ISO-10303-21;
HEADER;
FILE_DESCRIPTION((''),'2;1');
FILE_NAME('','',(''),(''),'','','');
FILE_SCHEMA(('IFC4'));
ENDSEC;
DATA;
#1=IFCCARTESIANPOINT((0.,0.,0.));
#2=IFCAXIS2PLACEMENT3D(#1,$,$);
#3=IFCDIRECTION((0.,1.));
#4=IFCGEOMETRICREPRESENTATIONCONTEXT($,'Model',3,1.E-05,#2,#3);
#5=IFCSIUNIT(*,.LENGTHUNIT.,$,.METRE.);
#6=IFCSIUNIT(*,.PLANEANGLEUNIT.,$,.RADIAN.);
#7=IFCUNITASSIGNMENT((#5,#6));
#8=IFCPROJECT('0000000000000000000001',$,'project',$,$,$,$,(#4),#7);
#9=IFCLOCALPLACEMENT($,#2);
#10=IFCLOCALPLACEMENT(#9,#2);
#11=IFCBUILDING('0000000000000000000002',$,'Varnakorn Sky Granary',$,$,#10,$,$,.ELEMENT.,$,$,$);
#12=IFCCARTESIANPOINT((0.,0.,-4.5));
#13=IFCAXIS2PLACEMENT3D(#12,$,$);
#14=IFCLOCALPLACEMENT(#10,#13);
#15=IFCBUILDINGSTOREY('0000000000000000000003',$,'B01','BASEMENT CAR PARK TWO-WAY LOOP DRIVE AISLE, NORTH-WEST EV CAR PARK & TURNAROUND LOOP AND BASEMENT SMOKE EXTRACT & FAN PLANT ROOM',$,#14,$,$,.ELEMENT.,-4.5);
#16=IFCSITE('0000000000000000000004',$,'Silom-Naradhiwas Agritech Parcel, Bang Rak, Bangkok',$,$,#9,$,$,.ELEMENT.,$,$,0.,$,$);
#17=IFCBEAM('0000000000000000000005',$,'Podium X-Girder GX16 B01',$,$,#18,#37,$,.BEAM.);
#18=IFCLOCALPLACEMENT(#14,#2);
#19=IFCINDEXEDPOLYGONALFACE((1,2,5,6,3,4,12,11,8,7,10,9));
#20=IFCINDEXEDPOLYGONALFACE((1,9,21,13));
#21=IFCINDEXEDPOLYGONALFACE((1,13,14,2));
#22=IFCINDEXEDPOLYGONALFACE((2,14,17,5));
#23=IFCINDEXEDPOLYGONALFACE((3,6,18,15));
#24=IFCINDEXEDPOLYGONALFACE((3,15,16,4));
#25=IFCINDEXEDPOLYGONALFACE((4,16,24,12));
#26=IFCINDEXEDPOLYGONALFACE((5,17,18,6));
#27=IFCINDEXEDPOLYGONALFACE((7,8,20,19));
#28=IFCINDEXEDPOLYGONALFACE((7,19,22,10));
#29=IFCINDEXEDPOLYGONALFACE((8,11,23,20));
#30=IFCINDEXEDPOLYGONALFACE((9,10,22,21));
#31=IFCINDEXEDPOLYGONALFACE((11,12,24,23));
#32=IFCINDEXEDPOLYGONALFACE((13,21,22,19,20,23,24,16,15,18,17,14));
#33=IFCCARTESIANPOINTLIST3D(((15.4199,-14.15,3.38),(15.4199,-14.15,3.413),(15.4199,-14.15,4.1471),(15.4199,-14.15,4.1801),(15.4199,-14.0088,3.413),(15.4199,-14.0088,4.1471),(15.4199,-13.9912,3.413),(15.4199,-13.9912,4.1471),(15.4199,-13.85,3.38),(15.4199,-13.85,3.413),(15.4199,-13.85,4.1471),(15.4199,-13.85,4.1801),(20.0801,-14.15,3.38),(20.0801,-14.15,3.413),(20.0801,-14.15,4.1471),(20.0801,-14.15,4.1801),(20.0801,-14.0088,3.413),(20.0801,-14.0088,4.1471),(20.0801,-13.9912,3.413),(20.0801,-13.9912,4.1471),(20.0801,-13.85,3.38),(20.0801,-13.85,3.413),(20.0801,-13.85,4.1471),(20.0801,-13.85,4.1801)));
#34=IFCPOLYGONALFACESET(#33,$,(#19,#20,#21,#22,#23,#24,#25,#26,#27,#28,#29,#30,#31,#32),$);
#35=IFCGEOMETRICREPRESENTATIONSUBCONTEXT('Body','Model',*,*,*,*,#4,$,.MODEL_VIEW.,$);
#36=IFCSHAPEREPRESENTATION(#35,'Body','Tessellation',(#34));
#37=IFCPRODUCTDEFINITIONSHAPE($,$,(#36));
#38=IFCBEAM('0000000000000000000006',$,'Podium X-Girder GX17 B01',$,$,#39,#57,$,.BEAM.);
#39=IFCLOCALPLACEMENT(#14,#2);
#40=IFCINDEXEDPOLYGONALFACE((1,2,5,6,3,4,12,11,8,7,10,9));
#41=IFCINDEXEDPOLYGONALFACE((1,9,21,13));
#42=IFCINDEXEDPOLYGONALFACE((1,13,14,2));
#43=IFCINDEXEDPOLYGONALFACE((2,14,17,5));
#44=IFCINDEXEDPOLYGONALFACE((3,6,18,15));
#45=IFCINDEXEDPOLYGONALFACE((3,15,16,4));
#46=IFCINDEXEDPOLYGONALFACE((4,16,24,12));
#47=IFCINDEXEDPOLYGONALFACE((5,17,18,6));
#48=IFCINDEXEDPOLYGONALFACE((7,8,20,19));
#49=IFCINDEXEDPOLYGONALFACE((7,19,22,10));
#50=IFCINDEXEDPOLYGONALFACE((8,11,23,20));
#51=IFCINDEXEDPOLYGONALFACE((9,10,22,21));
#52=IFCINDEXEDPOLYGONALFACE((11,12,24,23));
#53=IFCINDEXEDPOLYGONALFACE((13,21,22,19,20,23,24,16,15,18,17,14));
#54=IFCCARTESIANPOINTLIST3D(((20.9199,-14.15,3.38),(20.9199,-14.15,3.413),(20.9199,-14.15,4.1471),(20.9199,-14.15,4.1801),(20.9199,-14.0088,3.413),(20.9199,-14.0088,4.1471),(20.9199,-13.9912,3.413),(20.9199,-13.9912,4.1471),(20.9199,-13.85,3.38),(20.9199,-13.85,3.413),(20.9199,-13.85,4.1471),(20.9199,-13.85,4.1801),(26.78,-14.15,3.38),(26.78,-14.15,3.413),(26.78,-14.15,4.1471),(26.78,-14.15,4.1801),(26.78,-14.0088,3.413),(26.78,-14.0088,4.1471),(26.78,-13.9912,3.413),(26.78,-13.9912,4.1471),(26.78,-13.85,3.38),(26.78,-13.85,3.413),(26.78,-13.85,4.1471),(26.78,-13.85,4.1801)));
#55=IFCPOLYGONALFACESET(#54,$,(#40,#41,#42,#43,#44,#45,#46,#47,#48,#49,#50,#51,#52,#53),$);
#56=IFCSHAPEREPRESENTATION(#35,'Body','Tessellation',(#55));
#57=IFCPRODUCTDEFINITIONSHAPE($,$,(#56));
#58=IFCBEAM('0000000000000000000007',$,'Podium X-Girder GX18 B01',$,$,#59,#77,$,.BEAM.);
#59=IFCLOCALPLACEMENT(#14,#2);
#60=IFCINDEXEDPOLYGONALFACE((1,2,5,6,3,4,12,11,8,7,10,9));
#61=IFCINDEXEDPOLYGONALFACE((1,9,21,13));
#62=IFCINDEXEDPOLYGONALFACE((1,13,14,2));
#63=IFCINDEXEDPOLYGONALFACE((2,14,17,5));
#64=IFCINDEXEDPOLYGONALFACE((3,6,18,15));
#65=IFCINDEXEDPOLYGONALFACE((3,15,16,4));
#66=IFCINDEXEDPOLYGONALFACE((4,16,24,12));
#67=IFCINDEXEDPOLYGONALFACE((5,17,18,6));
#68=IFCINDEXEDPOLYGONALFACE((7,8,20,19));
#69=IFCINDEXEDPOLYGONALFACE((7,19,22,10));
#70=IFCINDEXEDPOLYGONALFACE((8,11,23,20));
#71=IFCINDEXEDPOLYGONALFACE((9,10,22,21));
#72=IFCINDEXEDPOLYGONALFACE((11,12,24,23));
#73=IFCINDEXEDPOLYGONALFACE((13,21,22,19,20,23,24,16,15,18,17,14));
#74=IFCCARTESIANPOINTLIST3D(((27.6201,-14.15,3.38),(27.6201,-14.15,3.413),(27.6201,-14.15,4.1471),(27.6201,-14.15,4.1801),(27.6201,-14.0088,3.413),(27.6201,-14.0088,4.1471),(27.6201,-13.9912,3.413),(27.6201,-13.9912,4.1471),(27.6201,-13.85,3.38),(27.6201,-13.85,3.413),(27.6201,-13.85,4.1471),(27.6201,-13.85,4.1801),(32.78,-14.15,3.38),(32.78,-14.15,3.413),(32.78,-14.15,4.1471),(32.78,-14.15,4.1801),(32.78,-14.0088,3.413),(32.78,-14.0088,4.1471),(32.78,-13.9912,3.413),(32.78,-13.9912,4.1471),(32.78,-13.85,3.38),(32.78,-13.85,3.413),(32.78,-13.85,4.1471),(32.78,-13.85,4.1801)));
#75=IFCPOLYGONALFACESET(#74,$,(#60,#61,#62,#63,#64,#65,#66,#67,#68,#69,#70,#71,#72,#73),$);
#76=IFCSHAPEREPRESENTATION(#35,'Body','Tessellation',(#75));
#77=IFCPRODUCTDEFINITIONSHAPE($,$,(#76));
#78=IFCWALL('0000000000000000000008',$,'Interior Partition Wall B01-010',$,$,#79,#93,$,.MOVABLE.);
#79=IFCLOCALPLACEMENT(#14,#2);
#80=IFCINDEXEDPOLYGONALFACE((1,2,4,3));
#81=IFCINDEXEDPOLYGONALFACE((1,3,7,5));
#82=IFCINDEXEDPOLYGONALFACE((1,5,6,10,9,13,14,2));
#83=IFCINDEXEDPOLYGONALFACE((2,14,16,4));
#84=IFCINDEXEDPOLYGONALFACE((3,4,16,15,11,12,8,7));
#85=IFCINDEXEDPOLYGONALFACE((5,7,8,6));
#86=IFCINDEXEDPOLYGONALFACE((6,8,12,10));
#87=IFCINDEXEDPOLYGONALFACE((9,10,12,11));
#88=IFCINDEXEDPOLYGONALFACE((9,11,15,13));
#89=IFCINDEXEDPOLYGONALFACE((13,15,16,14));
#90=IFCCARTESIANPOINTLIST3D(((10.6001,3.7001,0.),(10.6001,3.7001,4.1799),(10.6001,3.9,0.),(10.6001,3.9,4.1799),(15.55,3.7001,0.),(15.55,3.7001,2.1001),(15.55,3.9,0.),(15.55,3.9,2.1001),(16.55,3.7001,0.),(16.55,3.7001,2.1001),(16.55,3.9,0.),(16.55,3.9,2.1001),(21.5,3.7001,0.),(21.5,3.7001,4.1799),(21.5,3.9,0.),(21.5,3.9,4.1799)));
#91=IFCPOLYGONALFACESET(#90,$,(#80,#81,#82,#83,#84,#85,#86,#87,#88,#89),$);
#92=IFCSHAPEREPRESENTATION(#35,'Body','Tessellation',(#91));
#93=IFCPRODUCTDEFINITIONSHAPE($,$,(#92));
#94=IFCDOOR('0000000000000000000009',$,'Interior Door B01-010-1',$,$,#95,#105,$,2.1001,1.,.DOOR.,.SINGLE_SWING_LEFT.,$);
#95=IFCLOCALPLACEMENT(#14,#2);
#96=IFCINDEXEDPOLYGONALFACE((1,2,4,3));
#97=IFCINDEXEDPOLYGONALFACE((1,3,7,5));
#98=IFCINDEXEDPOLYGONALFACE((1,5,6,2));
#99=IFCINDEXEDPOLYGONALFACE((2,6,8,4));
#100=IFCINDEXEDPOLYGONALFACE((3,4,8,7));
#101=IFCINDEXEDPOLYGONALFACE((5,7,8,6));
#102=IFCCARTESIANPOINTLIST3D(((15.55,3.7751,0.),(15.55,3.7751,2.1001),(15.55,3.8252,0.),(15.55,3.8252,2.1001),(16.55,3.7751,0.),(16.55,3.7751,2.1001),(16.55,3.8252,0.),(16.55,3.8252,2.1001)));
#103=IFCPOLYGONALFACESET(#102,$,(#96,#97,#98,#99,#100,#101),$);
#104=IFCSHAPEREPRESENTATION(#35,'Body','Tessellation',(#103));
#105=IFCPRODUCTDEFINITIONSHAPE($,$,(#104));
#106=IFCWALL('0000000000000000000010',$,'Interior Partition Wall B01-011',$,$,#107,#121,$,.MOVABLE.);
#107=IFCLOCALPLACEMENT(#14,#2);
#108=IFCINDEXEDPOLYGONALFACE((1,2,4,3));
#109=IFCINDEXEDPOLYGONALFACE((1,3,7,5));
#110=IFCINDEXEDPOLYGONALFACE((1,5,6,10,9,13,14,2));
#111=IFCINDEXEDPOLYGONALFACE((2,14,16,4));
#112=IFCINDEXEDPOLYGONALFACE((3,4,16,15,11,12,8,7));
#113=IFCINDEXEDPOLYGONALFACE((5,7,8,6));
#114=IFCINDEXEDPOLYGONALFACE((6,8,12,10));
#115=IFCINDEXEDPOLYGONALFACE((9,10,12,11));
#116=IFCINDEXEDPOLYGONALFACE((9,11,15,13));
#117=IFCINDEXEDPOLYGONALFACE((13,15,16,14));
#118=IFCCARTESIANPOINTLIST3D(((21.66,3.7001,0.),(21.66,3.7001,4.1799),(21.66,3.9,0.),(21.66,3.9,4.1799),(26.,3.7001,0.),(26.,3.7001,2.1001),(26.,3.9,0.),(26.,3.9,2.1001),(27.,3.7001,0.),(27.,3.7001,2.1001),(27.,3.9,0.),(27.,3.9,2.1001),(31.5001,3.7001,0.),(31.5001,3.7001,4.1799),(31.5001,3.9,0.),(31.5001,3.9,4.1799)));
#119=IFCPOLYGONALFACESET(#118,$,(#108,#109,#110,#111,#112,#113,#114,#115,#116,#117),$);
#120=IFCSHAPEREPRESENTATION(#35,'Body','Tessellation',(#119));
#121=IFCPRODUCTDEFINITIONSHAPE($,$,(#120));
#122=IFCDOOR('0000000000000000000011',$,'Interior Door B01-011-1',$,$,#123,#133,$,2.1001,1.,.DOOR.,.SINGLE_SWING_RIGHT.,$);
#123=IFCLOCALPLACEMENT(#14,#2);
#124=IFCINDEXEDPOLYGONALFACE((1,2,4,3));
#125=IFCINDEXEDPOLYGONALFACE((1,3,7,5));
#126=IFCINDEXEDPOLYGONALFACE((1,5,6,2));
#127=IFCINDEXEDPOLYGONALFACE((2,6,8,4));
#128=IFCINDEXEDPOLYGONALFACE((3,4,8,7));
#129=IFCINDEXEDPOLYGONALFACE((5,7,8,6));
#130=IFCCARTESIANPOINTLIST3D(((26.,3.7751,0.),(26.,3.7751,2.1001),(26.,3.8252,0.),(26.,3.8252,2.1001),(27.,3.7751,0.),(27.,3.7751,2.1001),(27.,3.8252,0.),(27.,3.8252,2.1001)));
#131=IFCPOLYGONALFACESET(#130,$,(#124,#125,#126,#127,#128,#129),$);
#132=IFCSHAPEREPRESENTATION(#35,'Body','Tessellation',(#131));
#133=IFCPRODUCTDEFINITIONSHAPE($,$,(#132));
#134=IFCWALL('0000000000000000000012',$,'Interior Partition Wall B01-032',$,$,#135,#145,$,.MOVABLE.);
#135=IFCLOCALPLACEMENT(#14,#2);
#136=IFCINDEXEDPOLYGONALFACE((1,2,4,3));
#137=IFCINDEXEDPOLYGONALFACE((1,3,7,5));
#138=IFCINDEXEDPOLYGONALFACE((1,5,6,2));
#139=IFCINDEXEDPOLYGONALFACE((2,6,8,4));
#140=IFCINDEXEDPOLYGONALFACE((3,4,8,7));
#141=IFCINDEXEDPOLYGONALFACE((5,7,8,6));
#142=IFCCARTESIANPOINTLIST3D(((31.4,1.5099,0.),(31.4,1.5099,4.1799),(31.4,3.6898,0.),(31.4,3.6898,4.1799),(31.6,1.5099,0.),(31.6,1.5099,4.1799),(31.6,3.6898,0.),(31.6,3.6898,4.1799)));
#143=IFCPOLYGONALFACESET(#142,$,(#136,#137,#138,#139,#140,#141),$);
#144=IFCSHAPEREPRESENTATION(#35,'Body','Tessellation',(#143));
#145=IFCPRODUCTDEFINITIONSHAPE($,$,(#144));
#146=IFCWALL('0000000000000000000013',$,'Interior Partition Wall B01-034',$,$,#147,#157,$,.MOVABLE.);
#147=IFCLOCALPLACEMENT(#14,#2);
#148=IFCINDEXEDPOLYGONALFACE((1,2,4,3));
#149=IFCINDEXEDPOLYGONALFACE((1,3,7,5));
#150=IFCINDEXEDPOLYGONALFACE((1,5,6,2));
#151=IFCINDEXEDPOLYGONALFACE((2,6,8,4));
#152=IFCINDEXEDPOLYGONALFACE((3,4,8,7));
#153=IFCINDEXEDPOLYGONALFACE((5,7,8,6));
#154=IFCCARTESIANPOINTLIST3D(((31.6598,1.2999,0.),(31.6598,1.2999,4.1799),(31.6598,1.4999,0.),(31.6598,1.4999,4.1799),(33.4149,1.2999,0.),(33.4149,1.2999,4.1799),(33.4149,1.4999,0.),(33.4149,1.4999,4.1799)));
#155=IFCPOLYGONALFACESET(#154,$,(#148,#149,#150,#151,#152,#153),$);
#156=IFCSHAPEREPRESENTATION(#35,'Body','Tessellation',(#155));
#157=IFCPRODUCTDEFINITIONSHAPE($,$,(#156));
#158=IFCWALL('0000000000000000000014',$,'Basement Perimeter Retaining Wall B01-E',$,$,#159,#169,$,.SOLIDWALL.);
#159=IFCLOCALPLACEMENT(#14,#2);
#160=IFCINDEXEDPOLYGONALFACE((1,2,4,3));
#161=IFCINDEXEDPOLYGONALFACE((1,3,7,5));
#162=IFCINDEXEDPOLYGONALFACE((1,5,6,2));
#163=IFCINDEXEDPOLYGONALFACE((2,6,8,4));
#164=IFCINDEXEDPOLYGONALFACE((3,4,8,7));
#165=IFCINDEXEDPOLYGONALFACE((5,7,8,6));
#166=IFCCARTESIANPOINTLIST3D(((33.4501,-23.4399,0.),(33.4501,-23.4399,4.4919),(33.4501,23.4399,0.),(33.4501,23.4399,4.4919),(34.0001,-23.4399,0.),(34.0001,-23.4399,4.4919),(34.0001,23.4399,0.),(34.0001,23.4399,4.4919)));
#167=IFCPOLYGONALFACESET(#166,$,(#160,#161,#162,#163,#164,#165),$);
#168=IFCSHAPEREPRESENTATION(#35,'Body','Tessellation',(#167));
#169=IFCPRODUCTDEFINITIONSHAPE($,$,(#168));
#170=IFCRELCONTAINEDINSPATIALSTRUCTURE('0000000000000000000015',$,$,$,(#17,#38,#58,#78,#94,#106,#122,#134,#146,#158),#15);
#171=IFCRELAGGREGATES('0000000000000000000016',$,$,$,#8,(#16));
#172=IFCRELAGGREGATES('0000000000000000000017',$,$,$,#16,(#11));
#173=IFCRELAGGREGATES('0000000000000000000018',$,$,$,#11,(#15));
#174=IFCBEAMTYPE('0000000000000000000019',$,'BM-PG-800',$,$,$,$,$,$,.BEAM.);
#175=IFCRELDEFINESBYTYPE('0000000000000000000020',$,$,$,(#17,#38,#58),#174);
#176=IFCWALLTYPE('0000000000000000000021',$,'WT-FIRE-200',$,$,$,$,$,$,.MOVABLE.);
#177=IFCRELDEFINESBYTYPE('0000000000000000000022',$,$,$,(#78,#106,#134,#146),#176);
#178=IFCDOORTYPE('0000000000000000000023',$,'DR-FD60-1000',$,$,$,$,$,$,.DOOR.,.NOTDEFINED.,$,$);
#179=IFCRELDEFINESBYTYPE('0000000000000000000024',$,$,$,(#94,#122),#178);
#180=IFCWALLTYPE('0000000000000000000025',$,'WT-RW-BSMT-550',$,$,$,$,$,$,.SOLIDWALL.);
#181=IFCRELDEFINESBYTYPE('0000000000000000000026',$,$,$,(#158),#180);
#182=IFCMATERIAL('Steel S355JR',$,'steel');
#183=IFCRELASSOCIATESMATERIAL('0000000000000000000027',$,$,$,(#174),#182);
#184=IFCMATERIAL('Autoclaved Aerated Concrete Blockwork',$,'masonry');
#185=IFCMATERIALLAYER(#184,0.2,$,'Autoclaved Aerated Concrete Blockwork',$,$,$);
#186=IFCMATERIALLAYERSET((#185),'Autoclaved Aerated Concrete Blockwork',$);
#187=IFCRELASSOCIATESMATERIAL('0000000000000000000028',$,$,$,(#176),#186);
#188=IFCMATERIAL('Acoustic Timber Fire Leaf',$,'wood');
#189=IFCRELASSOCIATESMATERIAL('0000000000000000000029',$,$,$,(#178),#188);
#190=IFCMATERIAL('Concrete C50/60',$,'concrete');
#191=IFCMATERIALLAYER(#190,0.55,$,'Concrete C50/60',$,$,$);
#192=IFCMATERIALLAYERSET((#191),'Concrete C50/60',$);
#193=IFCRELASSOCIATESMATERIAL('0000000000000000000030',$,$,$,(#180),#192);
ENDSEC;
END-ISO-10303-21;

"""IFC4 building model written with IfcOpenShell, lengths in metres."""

from ifc_helpers import new_model, si_unit, direction, frame, frame_2d, origin, origin_2d, place, context, subcontext, project, spatial, rectangle, i_section, extrude, material, layer, layer_set, material_profile, profile_set, type_object, element, fill, save


model = new_model("IFC4")

# Units and contexts
model_context = context("Model", 3, precision=1e-05, world=origin(), true_north=direction((0.0, 1.0)))
body_context = subcontext(model_context, "Body", "Model", "MODEL_VIEW")
ifc_project = project(units=[si_unit("LENGTHUNIT", "METRE"), si_unit("PLANEANGLEUNIT", "RADIAN")], contexts=[model_context])

# Site, building, storey
site_placement = place(None, origin())
site = spatial("IfcSite", under=ifc_project, at=site_placement, Name="Silom-Naradhiwas Agritech Parcel, Bang Rak, Bangkok", CompositionType="ELEMENT", RefElevation=0.0)
building_placement = place(site_placement, origin())
building = spatial("IfcBuilding", under=site, at=building_placement, Name="Varnakorn Sky Granary", CompositionType="ELEMENT")
storey_placement = place(building_placement, frame((0.0, 0.0, -4.5)))
storey = spatial("IfcBuildingStorey", under=building, at=storey_placement, Name="B01", Description="BASEMENT CAR PARK TWO-WAY LOOP DRIVE AISLE, NORTH-WEST EV CAR PARK & TURNAROUND LOOP AND BASEMENT SMOKE EXTRACT & FAN PLANT ROOM", CompositionType="ELEMENT", Elevation=-4.5)

# Beams
ifc_material_1 = material(Name="Steel S355JR", Category="steel")
ifc_material_profile_1 = material_profile(ifc_material_1, i_section(OverallWidth=0.3, OverallDepth=0.8, WebThickness=0.0176, FlangeThickness=0.033, at=origin_2d()), Name="HE 800 B")
ifc_profile_set_1 = profile_set([ifc_material_profile_1], Name="Steel S355JR")
beam_type_1 = type_object("IfcBeamType", Name="BM-PG-800", PredefinedType="BEAM", material=ifc_profile_set_1)
beam_1_placement = place(storey_placement, frame((15.4199, -14.0, 3.78), z_axis=(1.0, 0.0, 0.0), x_axis=(0.0, 1.0, 0.0)))
element("IfcBeam", 1, at=beam_1_placement, inside=storey, type_object=beam_type_1, Name="Podium X-Girder GX16 B01", PredefinedType="BEAM", context=body_context, shape_type="SweptSolid", body=[
    extrude(i_section(OverallWidth=0.3, OverallDepth=0.8, WebThickness=0.0176, FlangeThickness=0.033, at=origin_2d()), origin(), (0.0, 0.0, 1.0), 4.6602),
])
beam_2_placement = place(storey_placement, frame((20.9199, -14.0, 3.78), z_axis=(1.0, 0.0, 0.0), x_axis=(0.0, 1.0, 0.0)))
element("IfcBeam", 2, at=beam_2_placement, inside=storey, type_object=beam_type_1, Name="Podium X-Girder GX17 B01", PredefinedType="BEAM", context=body_context, shape_type="SweptSolid", body=[
    extrude(i_section(OverallWidth=0.3, OverallDepth=0.8, WebThickness=0.0176, FlangeThickness=0.033, at=origin_2d()), origin(), (0.0, 0.0, 1.0), 5.8601),
])
beam_3_placement = place(storey_placement, frame((27.6201, -14.0, 3.78), z_axis=(1.0, 0.0, 0.0), x_axis=(0.0, 1.0, 0.0)))
element("IfcBeam", 3, at=beam_3_placement, inside=storey, type_object=beam_type_1, Name="Podium X-Girder GX18 B01", PredefinedType="BEAM", context=body_context, shape_type="SweptSolid", body=[
    extrude(i_section(OverallWidth=0.3, OverallDepth=0.8, WebThickness=0.0176, FlangeThickness=0.033, at=origin_2d()), origin(), (0.0, 0.0, 1.0), 5.1599),
])

# Walls, openings, doors
ifc_material_2 = material(Name="Autoclaved Aerated Concrete Blockwork", Category="masonry")
ifc_layer_1 = layer(ifc_material_2, 0.2, Name="Autoclaved Aerated Concrete Blockwork")
ifc_layer_set_1 = layer_set([ifc_layer_1], Name="Autoclaved Aerated Concrete Blockwork")
wall_type_1 = type_object("IfcWallType", Name="WT-FIRE-200", PredefinedType="MOVABLE", material=ifc_layer_set_1)
wall_1_placement = place(storey_placement, frame((21.5, 3.8, 0.0), z_axis=(0.0, 0.0, 1.0), x_axis=(-1.0, 0.0, 0.0)))
wall_1 = element("IfcWall", 4, at=wall_1_placement, inside=storey, type_object=wall_type_1, Name="Interior Partition Wall B01-010", PredefinedType="MOVABLE", context=body_context, shape_type="SweptSolid", body=[
    extrude(rectangle(XDim=10.8999, YDim=0.2, at=frame_2d((5.45, 0.0))), origin(), (0.0, 0.0, 1.0), 4.1799),
])
opening_1_placement = place(wall_1_placement, frame((4.95, 0.0, 0.0)))
opening_1 = element("IfcOpeningElement", 5, at=opening_1_placement, cuts=wall_1, PredefinedType="OPENING", context=body_context, shape_type="SweptSolid", body=[
    extrude(rectangle(XDim=1.0, YDim=2.1001, at=frame_2d((0.5, 1.05))), frame((0.0, 0.1099, 0.0), z_axis=(0.0, -1.0, 0.0), x_axis=(1.0, 0.0, 0.0)), (0.0, 0.0, 1.0), 0.22),
])
ifc_material_3 = material(Name="Acoustic Timber Fire Leaf", Category="wood")
door_type = type_object("IfcDoorType", Name="DR-FD60-1000", OperationType="NOTDEFINED", PredefinedType="DOOR", material=ifc_material_3)
door_1_placement = place(opening_1_placement, origin())
door_1 = element("IfcDoor", 6, at=door_1_placement, inside=storey, type_object=door_type, Name="Interior Door B01-010-1", OperationType="SINGLE_SWING_LEFT", OverallHeight=2.1001, OverallWidth=1.0, PredefinedType="DOOR", context=body_context, shape_type="SweptSolid", body=[
    extrude(rectangle(XDim=1.0, YDim=2.1001, at=frame_2d((0.5, 1.05))), frame((0.0, 0.0249, 0.0), z_axis=(0.0, -1.0, 0.0), x_axis=(1.0, 0.0, 0.0)), (0.0, 0.0, 1.0), 0.05),
])
fill(opening_1, door_1)
wall_2_placement = place(storey_placement, frame((31.5, 3.8, 0.0), z_axis=(0.0, 0.0, 1.0), x_axis=(-1.0, 0.0, 0.0)))
wall_2 = element("IfcWall", 7, at=wall_2_placement, inside=storey, type_object=wall_type_1, Name="Interior Partition Wall B01-011", PredefinedType="MOVABLE", context=body_context, shape_type="SweptSolid", body=[
    extrude(rectangle(XDim=9.8401, YDim=0.2, at=frame_2d((4.9199, 0.0))), origin(), (0.0, 0.0, 1.0), 4.1799),
])
opening_2_placement = place(wall_2_placement, frame((4.5, 0.0, 0.0)))
opening_2 = element("IfcOpeningElement", 8, at=opening_2_placement, cuts=wall_2, PredefinedType="OPENING", context=body_context, shape_type="SweptSolid", body=[
    extrude(rectangle(XDim=1.0, YDim=2.1001, at=frame_2d((0.5, 1.05))), frame((0.0, 0.1099, 0.0), z_axis=(0.0, -1.0, 0.0), x_axis=(1.0, 0.0, 0.0)), (0.0, 0.0, 1.0), 0.22),
])
door_2_placement = place(opening_2_placement, origin())
door_2 = element("IfcDoor", 9, at=door_2_placement, inside=storey, type_object=door_type, Name="Interior Door B01-011-1", OperationType="SINGLE_SWING_RIGHT", OverallHeight=2.1001, OverallWidth=1.0, PredefinedType="DOOR", context=body_context, shape_type="SweptSolid", body=[
    extrude(rectangle(XDim=1.0, YDim=2.1001, at=frame_2d((0.5, 1.05))), frame((0.0, 0.0249, 0.0), z_axis=(0.0, -1.0, 0.0), x_axis=(1.0, 0.0, 0.0)), (0.0, 0.0, 1.0), 0.05),
])
fill(opening_2, door_2)

# Walls
wall_3_placement = place(storey_placement, frame((31.5, 1.51, 0.0), z_axis=(0.0, 0.0, 1.0), x_axis=(0.0, 1.0, 0.0)))
element("IfcWall", 10, at=wall_3_placement, inside=storey, type_object=wall_type_1, Name="Interior Partition Wall B01-032", PredefinedType="MOVABLE", context=body_context, shape_type="SweptSolid", body=[
    extrude(rectangle(XDim=2.1799, YDim=0.2, at=frame_2d((1.0898, 0.0))), origin(), (0.0, 0.0, 1.0), 4.1799),
])
wall_4_placement = place(storey_placement, frame((31.6599, 1.3999, 0.0), z_axis=(0.0, 0.0, 1.0), x_axis=(1.0, 0.0, 0.0)))
element("IfcWall", 11, at=wall_4_placement, inside=storey, type_object=wall_type_1, Name="Interior Partition Wall B01-034", PredefinedType="MOVABLE", context=body_context, shape_type="SweptSolid", body=[
    extrude(rectangle(XDim=1.7551, YDim=0.2, at=frame_2d((0.8774, 0.0))), origin(), (0.0, 0.0, 1.0), 4.1799),
])
ifc_material_4 = material(Name="Concrete C50/60", Category="concrete")
ifc_layer_2 = layer(ifc_material_4, 0.55, Name="Concrete C50/60")
ifc_layer_set_2 = layer_set([ifc_layer_2], Name="Concrete C50/60")
wall_type_2 = type_object("IfcWallType", Name="WT-RW-BSMT-550", PredefinedType="SOLIDWALL", material=ifc_layer_set_2)
wall_5_placement = place(storey_placement, frame((33.7251, -23.4399, 0.0), z_axis=(0.0, 0.0, 1.0), x_axis=(0.0, 1.0, 0.0)))
element("IfcWall", 12, at=wall_5_placement, inside=storey, type_object=wall_type_2, Name="Basement Perimeter Retaining Wall B01-E", PredefinedType="SOLIDWALL", context=body_context, shape_type="SweptSolid", body=[
    extrude(rectangle(XDim=46.8799, YDim=0.55, at=frame_2d((23.4399, 0.0))), origin(), (0.0, 0.0, 1.0), 4.4919),
])

save(model, "model.ifc")
